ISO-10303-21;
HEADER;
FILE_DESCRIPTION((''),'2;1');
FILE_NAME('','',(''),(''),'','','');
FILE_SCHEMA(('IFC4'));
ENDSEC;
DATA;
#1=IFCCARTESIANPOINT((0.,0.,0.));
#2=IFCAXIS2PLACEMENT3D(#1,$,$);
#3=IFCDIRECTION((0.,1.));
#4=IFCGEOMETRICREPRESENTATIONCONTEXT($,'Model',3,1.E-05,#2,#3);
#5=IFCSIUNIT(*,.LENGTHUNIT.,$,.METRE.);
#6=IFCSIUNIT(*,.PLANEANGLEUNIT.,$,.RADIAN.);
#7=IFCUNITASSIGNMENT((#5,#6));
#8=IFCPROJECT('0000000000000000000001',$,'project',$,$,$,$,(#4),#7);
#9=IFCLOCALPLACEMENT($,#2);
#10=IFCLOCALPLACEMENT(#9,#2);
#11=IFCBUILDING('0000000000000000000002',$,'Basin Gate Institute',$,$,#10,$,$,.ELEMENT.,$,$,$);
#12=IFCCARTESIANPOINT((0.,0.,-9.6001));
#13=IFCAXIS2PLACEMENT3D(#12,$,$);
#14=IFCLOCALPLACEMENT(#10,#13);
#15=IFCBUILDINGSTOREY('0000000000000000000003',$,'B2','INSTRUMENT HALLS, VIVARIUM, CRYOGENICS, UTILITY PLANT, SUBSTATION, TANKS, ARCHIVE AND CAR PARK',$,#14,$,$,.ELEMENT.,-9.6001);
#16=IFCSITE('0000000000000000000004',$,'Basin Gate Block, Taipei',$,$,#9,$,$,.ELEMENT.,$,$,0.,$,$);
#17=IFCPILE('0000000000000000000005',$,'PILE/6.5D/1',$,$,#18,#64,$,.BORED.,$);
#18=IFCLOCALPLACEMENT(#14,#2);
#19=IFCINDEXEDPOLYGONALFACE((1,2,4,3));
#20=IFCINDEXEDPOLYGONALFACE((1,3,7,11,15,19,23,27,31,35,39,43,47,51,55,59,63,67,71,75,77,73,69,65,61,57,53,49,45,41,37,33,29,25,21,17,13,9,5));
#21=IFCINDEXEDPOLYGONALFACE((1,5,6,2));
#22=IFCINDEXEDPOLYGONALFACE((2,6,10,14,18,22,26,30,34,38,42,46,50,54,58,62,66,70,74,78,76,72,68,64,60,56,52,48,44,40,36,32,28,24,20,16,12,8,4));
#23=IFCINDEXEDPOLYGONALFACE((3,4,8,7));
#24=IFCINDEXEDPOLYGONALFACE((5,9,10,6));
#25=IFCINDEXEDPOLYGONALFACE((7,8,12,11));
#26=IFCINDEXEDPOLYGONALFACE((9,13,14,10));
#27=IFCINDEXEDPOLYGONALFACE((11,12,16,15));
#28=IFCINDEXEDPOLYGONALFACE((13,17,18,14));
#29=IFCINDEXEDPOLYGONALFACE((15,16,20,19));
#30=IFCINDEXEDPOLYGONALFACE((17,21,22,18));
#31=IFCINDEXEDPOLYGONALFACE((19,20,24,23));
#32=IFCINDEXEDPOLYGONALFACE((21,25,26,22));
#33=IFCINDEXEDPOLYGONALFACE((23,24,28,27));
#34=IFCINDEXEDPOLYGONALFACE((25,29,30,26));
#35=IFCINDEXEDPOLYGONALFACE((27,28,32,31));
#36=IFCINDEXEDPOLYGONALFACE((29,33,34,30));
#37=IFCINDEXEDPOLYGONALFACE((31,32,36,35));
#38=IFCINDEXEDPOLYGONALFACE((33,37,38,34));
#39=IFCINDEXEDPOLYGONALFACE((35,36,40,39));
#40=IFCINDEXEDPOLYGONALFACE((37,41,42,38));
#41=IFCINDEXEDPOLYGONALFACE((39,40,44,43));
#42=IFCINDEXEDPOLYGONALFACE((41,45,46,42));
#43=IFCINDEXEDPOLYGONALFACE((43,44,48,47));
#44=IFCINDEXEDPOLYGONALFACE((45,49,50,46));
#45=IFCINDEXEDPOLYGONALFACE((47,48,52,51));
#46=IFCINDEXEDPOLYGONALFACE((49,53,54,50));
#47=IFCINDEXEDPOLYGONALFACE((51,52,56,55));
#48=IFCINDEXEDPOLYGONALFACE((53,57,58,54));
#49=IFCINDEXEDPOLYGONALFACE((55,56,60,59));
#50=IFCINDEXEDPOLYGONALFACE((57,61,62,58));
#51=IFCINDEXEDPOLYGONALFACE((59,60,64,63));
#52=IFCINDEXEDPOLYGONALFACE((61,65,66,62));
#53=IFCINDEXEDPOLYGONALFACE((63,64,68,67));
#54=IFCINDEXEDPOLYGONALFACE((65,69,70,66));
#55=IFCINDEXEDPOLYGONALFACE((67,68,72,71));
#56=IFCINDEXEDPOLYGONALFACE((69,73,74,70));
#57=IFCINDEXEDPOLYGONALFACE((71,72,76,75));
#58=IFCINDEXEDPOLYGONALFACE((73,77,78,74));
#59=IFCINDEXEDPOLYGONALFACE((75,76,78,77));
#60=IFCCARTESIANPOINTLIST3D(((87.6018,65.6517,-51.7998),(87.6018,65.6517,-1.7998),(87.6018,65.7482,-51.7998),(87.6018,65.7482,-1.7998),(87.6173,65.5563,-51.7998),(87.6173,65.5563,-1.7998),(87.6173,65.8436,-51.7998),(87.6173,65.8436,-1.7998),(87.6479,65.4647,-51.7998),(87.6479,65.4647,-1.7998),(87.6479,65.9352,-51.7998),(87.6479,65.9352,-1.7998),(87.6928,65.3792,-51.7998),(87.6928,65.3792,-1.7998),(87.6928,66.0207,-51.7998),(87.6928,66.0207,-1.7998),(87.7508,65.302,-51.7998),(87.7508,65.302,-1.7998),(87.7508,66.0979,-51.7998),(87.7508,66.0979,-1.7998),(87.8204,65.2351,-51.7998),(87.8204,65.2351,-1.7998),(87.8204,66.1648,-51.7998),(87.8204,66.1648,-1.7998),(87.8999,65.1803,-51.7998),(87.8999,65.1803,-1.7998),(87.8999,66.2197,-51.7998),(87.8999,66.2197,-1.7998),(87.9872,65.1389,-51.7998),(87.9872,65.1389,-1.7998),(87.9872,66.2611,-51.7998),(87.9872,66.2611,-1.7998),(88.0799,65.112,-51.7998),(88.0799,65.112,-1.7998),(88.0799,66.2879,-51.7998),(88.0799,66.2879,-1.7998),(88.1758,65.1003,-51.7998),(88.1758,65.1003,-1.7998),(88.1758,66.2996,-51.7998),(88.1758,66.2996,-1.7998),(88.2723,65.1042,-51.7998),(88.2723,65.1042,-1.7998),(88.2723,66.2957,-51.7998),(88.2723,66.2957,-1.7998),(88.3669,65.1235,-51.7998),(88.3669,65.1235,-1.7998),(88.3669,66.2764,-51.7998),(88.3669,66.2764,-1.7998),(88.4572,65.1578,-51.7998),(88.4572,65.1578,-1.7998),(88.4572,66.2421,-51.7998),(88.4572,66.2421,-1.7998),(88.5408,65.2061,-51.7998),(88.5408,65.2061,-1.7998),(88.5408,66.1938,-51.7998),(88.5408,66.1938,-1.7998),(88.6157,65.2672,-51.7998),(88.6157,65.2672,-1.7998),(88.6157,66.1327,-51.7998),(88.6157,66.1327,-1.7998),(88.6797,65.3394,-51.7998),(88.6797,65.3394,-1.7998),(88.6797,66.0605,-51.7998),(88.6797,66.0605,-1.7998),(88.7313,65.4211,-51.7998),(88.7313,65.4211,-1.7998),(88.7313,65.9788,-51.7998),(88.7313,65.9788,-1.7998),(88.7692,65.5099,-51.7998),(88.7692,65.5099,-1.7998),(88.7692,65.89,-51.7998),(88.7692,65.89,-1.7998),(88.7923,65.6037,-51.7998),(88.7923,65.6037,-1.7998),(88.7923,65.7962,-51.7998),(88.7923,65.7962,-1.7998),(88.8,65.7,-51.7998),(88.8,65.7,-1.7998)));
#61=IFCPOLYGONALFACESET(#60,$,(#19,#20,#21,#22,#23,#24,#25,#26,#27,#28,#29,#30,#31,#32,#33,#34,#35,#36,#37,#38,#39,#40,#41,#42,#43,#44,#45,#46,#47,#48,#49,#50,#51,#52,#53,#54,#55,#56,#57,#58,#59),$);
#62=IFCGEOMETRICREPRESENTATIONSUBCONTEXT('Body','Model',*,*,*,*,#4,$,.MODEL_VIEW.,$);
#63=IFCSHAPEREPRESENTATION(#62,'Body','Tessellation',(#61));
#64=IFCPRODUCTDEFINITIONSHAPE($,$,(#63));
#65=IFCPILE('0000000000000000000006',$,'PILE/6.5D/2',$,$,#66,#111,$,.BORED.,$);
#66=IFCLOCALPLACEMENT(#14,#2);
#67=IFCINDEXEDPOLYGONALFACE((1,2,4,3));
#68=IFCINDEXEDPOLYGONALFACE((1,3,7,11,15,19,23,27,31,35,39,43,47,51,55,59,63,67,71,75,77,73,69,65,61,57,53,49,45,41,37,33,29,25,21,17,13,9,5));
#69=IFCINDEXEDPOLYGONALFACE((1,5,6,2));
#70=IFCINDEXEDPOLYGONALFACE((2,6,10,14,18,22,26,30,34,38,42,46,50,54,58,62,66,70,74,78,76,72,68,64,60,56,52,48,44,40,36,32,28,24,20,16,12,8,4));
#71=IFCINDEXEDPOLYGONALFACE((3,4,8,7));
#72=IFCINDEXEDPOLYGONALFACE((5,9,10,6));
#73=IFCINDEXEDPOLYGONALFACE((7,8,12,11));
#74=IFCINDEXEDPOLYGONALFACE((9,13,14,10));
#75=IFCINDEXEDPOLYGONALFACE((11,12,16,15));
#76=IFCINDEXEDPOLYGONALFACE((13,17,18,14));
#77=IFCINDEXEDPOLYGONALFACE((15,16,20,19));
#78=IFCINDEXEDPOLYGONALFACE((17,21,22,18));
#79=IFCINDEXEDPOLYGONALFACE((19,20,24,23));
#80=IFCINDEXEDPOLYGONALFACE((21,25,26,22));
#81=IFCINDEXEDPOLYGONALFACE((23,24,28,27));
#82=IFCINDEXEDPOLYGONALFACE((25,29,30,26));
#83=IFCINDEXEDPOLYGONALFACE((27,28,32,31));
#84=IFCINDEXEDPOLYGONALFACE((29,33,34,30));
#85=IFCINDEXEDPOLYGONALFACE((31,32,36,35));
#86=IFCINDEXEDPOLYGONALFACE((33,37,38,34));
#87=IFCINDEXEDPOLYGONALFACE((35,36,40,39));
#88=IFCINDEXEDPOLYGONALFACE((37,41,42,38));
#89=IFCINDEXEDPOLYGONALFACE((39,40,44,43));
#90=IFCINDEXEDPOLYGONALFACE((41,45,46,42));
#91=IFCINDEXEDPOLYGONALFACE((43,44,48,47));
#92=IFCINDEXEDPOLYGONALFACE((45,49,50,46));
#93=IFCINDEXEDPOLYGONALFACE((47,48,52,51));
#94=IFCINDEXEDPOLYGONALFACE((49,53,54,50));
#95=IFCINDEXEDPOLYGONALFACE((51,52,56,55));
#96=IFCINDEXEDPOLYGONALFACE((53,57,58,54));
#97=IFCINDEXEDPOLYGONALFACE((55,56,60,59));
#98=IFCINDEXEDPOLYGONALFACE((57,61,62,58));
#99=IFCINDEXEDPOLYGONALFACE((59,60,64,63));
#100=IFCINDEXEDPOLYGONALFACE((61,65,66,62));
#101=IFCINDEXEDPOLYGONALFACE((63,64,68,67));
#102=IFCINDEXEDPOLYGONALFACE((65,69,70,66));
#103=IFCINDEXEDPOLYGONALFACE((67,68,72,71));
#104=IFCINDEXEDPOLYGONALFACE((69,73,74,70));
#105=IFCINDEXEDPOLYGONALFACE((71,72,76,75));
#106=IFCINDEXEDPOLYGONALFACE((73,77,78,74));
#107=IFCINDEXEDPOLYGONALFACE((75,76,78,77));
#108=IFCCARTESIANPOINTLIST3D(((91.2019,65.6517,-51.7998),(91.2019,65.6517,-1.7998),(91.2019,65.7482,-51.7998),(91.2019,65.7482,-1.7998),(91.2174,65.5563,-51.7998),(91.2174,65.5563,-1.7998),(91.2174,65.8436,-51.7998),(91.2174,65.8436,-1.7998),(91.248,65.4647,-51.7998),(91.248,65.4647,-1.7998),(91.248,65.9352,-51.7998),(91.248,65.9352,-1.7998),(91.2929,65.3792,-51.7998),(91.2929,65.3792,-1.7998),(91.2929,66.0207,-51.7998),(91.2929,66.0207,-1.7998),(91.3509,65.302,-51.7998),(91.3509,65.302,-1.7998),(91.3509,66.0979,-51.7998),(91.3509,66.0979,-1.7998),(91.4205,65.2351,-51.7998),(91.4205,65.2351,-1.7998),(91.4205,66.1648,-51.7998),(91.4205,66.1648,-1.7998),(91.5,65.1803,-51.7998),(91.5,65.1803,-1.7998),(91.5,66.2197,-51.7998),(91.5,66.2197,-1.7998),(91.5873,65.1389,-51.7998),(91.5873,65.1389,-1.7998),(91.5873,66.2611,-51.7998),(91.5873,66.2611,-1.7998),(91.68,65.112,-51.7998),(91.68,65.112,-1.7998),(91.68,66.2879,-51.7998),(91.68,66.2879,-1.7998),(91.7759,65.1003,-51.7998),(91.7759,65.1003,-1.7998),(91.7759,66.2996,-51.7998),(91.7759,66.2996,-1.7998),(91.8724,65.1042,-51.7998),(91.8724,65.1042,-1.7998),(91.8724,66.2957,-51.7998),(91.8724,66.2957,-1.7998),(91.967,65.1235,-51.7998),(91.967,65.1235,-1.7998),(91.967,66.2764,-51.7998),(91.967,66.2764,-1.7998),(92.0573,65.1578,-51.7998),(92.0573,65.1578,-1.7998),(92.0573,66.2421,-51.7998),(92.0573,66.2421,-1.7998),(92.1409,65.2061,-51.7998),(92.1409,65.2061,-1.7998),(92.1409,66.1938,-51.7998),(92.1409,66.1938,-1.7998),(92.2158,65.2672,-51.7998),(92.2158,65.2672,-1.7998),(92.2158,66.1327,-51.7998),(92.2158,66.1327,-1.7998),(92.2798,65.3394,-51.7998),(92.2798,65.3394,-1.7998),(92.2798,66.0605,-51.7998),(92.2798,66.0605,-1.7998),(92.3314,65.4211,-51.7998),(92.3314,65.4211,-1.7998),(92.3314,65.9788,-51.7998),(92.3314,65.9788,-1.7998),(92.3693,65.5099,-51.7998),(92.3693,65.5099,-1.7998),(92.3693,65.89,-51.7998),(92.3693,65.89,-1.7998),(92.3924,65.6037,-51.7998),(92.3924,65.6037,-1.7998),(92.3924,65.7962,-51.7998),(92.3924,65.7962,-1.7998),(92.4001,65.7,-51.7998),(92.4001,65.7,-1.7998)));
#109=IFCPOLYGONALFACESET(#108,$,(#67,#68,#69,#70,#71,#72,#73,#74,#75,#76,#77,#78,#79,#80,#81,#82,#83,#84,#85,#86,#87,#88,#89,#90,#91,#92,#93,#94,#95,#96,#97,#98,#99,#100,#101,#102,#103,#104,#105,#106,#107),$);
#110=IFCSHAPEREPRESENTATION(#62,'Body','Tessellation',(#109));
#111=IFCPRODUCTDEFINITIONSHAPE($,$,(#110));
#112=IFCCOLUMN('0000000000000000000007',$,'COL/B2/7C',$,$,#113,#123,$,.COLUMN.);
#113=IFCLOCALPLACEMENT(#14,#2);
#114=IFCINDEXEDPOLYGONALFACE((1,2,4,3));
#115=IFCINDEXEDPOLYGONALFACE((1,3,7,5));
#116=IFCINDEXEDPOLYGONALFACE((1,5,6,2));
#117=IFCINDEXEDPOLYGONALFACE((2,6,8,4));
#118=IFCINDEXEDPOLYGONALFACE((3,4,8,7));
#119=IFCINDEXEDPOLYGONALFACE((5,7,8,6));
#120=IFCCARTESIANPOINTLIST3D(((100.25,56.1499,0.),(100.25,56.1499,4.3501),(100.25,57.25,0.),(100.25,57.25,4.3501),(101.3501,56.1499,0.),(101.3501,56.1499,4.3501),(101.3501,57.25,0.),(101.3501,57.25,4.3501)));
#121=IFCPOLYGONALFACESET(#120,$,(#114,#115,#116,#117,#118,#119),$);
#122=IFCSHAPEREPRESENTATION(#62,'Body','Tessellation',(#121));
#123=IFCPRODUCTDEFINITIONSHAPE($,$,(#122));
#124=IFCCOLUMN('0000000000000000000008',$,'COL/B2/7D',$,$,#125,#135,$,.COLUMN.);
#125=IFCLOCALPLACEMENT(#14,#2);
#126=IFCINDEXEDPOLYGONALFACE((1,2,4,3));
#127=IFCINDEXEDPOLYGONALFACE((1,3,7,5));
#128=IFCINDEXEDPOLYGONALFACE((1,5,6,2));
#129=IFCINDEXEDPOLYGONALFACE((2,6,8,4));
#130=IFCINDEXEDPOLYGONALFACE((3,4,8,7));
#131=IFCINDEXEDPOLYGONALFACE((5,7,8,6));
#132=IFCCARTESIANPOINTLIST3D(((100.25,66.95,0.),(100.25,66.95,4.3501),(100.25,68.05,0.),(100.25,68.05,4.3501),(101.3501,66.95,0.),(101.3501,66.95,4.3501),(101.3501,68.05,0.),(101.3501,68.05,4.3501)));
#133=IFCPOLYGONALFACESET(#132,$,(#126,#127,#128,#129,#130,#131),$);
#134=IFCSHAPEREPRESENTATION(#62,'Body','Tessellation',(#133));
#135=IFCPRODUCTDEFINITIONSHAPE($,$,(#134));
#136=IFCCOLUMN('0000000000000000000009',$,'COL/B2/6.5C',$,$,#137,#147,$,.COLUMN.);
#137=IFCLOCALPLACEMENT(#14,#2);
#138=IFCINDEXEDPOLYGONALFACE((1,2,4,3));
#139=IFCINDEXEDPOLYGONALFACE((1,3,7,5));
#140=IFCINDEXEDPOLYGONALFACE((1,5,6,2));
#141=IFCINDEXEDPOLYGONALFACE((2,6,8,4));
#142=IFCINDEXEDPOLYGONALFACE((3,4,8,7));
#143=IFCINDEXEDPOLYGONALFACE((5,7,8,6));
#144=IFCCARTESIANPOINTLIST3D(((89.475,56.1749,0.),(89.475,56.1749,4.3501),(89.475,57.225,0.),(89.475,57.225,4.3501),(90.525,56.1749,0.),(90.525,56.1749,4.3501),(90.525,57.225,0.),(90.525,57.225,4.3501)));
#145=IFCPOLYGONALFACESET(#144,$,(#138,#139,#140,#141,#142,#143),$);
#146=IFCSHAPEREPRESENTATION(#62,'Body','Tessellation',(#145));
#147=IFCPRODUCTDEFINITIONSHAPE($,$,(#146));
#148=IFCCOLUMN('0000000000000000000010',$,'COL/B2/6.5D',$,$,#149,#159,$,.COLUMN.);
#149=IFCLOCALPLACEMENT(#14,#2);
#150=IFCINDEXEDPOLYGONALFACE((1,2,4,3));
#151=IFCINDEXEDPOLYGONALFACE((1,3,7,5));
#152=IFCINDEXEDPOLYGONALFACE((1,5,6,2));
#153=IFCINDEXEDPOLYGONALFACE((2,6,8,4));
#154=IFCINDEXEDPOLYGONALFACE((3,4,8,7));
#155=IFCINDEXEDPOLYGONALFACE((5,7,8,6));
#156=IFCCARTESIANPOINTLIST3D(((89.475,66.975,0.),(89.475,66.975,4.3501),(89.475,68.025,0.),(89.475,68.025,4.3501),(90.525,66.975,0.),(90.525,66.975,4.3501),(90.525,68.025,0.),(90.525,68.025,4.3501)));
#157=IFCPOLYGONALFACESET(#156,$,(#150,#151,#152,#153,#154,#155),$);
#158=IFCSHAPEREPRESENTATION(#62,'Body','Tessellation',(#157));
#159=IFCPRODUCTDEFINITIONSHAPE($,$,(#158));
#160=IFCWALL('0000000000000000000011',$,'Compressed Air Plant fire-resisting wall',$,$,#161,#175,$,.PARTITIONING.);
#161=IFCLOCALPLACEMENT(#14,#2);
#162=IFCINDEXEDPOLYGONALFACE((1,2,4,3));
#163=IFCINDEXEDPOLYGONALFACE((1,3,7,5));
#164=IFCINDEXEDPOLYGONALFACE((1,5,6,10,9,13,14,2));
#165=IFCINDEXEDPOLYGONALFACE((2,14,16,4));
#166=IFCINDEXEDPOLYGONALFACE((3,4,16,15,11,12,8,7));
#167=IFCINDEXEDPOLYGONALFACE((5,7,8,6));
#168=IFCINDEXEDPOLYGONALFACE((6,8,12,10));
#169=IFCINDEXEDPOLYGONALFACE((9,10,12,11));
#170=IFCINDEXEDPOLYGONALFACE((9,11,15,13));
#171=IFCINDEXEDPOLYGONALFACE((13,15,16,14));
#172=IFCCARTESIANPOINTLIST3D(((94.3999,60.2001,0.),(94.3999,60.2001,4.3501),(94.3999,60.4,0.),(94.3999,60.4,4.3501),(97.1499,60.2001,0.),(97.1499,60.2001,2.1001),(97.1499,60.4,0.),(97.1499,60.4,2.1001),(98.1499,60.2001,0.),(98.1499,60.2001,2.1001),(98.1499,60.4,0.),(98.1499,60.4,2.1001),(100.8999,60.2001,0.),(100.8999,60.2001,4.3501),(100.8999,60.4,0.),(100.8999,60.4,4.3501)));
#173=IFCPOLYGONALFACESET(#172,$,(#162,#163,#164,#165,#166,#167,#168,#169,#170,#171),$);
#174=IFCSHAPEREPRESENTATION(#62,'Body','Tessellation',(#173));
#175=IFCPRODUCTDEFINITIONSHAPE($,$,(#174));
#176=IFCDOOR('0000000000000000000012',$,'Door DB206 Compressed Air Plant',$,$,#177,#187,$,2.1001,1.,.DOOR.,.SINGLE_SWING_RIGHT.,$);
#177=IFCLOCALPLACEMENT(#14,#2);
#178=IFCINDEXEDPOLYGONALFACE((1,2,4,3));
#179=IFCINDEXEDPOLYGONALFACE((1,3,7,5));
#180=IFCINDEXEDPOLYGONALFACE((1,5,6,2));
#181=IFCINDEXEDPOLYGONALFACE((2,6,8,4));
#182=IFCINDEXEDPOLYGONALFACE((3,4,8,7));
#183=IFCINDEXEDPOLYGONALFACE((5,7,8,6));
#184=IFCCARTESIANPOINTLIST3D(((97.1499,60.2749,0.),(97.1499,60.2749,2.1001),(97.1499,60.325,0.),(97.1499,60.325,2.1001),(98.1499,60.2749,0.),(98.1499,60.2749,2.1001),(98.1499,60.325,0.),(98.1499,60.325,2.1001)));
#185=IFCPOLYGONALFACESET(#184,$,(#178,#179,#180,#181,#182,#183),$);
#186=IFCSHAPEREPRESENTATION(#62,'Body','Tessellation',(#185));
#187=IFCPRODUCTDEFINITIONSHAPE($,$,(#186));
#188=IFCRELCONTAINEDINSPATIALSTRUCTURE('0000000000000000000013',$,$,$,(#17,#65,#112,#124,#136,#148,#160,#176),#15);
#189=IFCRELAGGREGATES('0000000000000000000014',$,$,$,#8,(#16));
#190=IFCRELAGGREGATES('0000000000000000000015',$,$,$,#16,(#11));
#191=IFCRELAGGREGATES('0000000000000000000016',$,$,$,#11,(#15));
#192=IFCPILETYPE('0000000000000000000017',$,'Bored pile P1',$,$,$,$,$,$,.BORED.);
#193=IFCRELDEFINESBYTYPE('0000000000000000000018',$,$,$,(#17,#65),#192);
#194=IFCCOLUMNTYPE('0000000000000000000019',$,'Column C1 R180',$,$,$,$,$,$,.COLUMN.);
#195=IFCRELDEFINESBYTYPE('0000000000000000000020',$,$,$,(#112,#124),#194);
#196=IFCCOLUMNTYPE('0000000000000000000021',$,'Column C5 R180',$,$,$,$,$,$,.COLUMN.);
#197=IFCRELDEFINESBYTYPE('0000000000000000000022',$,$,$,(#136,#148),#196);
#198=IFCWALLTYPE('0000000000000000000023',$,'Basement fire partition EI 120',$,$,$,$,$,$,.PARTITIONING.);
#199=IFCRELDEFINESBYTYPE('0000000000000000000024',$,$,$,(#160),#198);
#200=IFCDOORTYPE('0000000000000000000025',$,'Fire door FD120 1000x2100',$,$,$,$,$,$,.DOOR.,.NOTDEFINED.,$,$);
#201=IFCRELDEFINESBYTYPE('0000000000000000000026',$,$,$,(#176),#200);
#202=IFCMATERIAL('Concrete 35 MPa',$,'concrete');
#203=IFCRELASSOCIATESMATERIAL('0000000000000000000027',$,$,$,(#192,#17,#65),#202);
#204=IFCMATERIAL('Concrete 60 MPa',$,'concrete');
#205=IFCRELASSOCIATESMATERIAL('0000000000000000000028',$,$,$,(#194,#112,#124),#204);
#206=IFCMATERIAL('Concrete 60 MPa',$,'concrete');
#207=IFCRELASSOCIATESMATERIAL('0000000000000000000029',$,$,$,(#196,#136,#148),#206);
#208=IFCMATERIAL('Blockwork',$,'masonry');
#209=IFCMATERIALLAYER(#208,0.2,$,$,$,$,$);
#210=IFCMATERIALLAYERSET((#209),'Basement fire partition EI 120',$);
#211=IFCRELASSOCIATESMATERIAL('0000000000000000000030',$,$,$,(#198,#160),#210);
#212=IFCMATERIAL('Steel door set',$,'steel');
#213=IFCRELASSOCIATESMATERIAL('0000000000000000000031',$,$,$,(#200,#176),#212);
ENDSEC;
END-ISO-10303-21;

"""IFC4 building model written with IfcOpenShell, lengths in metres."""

from ifc_helpers import new_model, si_unit, direction, frame, frame_2d, origin, origin_2d, place, context, subcontext, project, spatial, rectangle, circle, extrude, material, layer, layer_set, material_profile, profile_set, type_object, element, fill, save


model = new_model("IFC4")

# Units and contexts
model_context = context("Model", 3, precision=1e-05, world=origin(), true_north=direction((0.0, 1.0)))
body_context = subcontext(model_context, "Body", "Model", "MODEL_VIEW")
ifc_project = project(units=[si_unit("LENGTHUNIT", "METRE"), si_unit("PLANEANGLEUNIT", "RADIAN")], contexts=[model_context])

# Site, building, storey
site_placement = place(None, origin())
site = spatial("IfcSite", under=ifc_project, at=site_placement, Name="Basin Gate Block, Taipei", CompositionType="ELEMENT", RefElevation=0.0)
building_placement = place(site_placement, origin())
building = spatial("IfcBuilding", under=site, at=building_placement, Name="Basin Gate Institute", CompositionType="ELEMENT")
storey_placement = place(building_placement, frame((0.0, 0.0, -9.6001)))
storey = spatial("IfcBuildingStorey", under=building, at=storey_placement, Name="B2", Description="INSTRUMENT HALLS, VIVARIUM, CRYOGENICS, UTILITY PLANT, SUBSTATION, TANKS, ARCHIVE AND CAR PARK", CompositionType="ELEMENT", Elevation=-9.6001)

# Piles
ifc_material_1 = material(Name="Concrete 35 MPa", Category="concrete")
ifc_material_profile_1 = material_profile(ifc_material_1, circle(Radius=0.6001, at=origin_2d()), Name="Bored pile P1 1200 dia")
ifc_profile_set_1 = profile_set([ifc_material_profile_1], Name="Concrete 35 MPa")
pile_type = type_object("IfcPileType", Name="Bored pile P1", PredefinedType="BORED", material=ifc_profile_set_1)
for number, where, z_axis, x_axis, name in (
    (1, (88.2, 65.7, -1.7998), (0.0, 0.0, -1.0), (1.0, 0.0, 0.0), "PILE/6.5D/1"),
    (2, (91.8, 65.7, -1.7998), (0.0, 0.0, -1.0), (1.0, 0.0, 0.0), "PILE/6.5D/2"),
):
    element("IfcPile", number, at=place(storey_placement, frame(where, z_axis=z_axis, x_axis=x_axis)), inside=storey, type_object=pile_type, material=ifc_profile_set_1, Name=name, PredefinedType="BORED", context=body_context, shape_type="SweptSolid", body=[
        extrude(circle(Radius=0.6001, at=origin_2d()), origin(), (0.0, 0.0, 1.0), 50.0),
    ])

# Columns
ifc_material_2 = material(Name="Concrete 60 MPa", Category="concrete")
ifc_material_profile_2 = material_profile(ifc_material_2, rectangle(XDim=1.1001, YDim=1.1001, at=origin_2d()), Name="Column C1 1100 x 1100")
ifc_profile_set_2 = profile_set([ifc_material_profile_2], Name="Concrete 60 MPa")
column_type_1 = type_object("IfcColumnType", Name="Column C1 R180", PredefinedType="COLUMN", material=ifc_profile_set_2)
for number, where, z_axis, x_axis, name in (
    (3, (100.8, 56.7, 0.0), (0.0, 0.0, 1.0), (1.0, 0.0, 0.0), "COL/B2/7C"),
    (4, (100.8, 67.5, 0.0), (0.0, 0.0, 1.0), (1.0, 0.0, 0.0), "COL/B2/7D"),
):
    element("IfcColumn", number, at=place(storey_placement, frame(where, z_axis=z_axis, x_axis=x_axis)), inside=storey, type_object=column_type_1, material=ifc_profile_set_2, Name=name, PredefinedType="COLUMN", context=body_context, shape_type="SweptSolid", body=[
        extrude(rectangle(XDim=1.1001, YDim=1.1001, at=origin_2d()), origin(), (0.0, 0.0, 1.0), 4.3501),
    ])
ifc_material_3 = material(Name="Concrete 60 MPa", Category="concrete")
ifc_material_profile_3 = material_profile(ifc_material_3, rectangle(XDim=1.05, YDim=1.05, at=origin_2d()), Name="Column C5 1050 x 1050")
ifc_profile_set_3 = profile_set([ifc_material_profile_3], Name="Concrete 60 MPa")
column_type_2 = type_object("IfcColumnType", Name="Column C5 R180", PredefinedType="COLUMN", material=ifc_profile_set_3)
for number, where, z_axis, x_axis, name in (
    (5, (90.0, 56.7, 0.0), (0.0, 0.0, 1.0), (1.0, 0.0, 0.0), "COL/B2/6.5C"),
    (6, (90.0, 67.5, 0.0), (0.0, 0.0, 1.0), (1.0, 0.0, 0.0), "COL/B2/6.5D"),
):
    element("IfcColumn", number, at=place(storey_placement, frame(where, z_axis=z_axis, x_axis=x_axis)), inside=storey, type_object=column_type_2, material=ifc_profile_set_3, Name=name, PredefinedType="COLUMN", context=body_context, shape_type="SweptSolid", body=[
        extrude(rectangle(XDim=1.05, YDim=1.05, at=origin_2d()), origin(), (0.0, 0.0, 1.0), 4.3501),
    ])

# Wall, opening, door
ifc_material_4 = material(Name="Blockwork", Category="masonry")
ifc_layer_1 = layer(ifc_material_4, 0.2)
ifc_layer_set_1 = layer_set([ifc_layer_1], Name="Basement fire partition EI 120")
wall_type_1 = type_object("IfcWallType", Name="Basement fire partition EI 120", PredefinedType="PARTITIONING", material=ifc_layer_set_1)
wall_1_placement = place(storey_placement, frame((94.3999, 60.3, 0.0), z_axis=(0.0, 0.0, 1.0), x_axis=(1.0, 0.0, 0.0)))
wall_1 = element("IfcWall", 7, at=wall_1_placement, inside=storey, type_object=wall_type_1, material=ifc_layer_set_1, Name="Compressed Air Plant fire-resisting wall", PredefinedType="PARTITIONING", context=body_context, shape_type="SweptSolid", body=[
    extrude(rectangle(XDim=6.5, YDim=0.2, at=frame_2d((3.25, 0.0))), origin(), (0.0, 0.0, 1.0), 4.3501),
])
opening_1_placement = place(wall_1_placement, frame((2.75, 0.0, 0.0)))
opening_1 = element("IfcOpeningElement", 8, at=opening_1_placement, cuts=wall_1, PredefinedType="OPENING", context=body_context, shape_type="SweptSolid", body=[
    extrude(rectangle(XDim=1.0, YDim=2.1001, at=frame_2d((0.5, 1.05))), frame((0.0, 0.1099, 0.0), z_axis=(0.0, -1.0, 0.0), x_axis=(1.0, 0.0, 0.0)), (0.0, 0.0, 1.0), 0.22),
])
ifc_material_5 = material(Name="Steel door set", Category="steel")
door_type = type_object("IfcDoorType", Name="Fire door FD120 1000x2100", OperationType="NOTDEFINED", PredefinedType="DOOR", material=ifc_material_5)
door_1_placement = place(opening_1_placement, origin())
door_1 = element("IfcDoor", 9, at=door_1_placement, inside=storey, type_object=door_type, material=ifc_material_5, Name="Door DB206 Compressed Air Plant", OperationType="SINGLE_SWING_RIGHT", OverallHeight=2.1001, OverallWidth=1.0, PredefinedType="DOOR", context=body_context, shape_type="SweptSolid", body=[
    extrude(rectangle(XDim=1.0, YDim=2.1001, at=frame_2d((0.5, 1.05))), frame((0.0, 0.0249, 0.0), z_axis=(0.0, -1.0, 0.0), x_axis=(1.0, 0.0, 0.0)), (0.0, 0.0, 1.0), 0.05),
])
fill(opening_1, door_1)

save(model, "model.ifc")
